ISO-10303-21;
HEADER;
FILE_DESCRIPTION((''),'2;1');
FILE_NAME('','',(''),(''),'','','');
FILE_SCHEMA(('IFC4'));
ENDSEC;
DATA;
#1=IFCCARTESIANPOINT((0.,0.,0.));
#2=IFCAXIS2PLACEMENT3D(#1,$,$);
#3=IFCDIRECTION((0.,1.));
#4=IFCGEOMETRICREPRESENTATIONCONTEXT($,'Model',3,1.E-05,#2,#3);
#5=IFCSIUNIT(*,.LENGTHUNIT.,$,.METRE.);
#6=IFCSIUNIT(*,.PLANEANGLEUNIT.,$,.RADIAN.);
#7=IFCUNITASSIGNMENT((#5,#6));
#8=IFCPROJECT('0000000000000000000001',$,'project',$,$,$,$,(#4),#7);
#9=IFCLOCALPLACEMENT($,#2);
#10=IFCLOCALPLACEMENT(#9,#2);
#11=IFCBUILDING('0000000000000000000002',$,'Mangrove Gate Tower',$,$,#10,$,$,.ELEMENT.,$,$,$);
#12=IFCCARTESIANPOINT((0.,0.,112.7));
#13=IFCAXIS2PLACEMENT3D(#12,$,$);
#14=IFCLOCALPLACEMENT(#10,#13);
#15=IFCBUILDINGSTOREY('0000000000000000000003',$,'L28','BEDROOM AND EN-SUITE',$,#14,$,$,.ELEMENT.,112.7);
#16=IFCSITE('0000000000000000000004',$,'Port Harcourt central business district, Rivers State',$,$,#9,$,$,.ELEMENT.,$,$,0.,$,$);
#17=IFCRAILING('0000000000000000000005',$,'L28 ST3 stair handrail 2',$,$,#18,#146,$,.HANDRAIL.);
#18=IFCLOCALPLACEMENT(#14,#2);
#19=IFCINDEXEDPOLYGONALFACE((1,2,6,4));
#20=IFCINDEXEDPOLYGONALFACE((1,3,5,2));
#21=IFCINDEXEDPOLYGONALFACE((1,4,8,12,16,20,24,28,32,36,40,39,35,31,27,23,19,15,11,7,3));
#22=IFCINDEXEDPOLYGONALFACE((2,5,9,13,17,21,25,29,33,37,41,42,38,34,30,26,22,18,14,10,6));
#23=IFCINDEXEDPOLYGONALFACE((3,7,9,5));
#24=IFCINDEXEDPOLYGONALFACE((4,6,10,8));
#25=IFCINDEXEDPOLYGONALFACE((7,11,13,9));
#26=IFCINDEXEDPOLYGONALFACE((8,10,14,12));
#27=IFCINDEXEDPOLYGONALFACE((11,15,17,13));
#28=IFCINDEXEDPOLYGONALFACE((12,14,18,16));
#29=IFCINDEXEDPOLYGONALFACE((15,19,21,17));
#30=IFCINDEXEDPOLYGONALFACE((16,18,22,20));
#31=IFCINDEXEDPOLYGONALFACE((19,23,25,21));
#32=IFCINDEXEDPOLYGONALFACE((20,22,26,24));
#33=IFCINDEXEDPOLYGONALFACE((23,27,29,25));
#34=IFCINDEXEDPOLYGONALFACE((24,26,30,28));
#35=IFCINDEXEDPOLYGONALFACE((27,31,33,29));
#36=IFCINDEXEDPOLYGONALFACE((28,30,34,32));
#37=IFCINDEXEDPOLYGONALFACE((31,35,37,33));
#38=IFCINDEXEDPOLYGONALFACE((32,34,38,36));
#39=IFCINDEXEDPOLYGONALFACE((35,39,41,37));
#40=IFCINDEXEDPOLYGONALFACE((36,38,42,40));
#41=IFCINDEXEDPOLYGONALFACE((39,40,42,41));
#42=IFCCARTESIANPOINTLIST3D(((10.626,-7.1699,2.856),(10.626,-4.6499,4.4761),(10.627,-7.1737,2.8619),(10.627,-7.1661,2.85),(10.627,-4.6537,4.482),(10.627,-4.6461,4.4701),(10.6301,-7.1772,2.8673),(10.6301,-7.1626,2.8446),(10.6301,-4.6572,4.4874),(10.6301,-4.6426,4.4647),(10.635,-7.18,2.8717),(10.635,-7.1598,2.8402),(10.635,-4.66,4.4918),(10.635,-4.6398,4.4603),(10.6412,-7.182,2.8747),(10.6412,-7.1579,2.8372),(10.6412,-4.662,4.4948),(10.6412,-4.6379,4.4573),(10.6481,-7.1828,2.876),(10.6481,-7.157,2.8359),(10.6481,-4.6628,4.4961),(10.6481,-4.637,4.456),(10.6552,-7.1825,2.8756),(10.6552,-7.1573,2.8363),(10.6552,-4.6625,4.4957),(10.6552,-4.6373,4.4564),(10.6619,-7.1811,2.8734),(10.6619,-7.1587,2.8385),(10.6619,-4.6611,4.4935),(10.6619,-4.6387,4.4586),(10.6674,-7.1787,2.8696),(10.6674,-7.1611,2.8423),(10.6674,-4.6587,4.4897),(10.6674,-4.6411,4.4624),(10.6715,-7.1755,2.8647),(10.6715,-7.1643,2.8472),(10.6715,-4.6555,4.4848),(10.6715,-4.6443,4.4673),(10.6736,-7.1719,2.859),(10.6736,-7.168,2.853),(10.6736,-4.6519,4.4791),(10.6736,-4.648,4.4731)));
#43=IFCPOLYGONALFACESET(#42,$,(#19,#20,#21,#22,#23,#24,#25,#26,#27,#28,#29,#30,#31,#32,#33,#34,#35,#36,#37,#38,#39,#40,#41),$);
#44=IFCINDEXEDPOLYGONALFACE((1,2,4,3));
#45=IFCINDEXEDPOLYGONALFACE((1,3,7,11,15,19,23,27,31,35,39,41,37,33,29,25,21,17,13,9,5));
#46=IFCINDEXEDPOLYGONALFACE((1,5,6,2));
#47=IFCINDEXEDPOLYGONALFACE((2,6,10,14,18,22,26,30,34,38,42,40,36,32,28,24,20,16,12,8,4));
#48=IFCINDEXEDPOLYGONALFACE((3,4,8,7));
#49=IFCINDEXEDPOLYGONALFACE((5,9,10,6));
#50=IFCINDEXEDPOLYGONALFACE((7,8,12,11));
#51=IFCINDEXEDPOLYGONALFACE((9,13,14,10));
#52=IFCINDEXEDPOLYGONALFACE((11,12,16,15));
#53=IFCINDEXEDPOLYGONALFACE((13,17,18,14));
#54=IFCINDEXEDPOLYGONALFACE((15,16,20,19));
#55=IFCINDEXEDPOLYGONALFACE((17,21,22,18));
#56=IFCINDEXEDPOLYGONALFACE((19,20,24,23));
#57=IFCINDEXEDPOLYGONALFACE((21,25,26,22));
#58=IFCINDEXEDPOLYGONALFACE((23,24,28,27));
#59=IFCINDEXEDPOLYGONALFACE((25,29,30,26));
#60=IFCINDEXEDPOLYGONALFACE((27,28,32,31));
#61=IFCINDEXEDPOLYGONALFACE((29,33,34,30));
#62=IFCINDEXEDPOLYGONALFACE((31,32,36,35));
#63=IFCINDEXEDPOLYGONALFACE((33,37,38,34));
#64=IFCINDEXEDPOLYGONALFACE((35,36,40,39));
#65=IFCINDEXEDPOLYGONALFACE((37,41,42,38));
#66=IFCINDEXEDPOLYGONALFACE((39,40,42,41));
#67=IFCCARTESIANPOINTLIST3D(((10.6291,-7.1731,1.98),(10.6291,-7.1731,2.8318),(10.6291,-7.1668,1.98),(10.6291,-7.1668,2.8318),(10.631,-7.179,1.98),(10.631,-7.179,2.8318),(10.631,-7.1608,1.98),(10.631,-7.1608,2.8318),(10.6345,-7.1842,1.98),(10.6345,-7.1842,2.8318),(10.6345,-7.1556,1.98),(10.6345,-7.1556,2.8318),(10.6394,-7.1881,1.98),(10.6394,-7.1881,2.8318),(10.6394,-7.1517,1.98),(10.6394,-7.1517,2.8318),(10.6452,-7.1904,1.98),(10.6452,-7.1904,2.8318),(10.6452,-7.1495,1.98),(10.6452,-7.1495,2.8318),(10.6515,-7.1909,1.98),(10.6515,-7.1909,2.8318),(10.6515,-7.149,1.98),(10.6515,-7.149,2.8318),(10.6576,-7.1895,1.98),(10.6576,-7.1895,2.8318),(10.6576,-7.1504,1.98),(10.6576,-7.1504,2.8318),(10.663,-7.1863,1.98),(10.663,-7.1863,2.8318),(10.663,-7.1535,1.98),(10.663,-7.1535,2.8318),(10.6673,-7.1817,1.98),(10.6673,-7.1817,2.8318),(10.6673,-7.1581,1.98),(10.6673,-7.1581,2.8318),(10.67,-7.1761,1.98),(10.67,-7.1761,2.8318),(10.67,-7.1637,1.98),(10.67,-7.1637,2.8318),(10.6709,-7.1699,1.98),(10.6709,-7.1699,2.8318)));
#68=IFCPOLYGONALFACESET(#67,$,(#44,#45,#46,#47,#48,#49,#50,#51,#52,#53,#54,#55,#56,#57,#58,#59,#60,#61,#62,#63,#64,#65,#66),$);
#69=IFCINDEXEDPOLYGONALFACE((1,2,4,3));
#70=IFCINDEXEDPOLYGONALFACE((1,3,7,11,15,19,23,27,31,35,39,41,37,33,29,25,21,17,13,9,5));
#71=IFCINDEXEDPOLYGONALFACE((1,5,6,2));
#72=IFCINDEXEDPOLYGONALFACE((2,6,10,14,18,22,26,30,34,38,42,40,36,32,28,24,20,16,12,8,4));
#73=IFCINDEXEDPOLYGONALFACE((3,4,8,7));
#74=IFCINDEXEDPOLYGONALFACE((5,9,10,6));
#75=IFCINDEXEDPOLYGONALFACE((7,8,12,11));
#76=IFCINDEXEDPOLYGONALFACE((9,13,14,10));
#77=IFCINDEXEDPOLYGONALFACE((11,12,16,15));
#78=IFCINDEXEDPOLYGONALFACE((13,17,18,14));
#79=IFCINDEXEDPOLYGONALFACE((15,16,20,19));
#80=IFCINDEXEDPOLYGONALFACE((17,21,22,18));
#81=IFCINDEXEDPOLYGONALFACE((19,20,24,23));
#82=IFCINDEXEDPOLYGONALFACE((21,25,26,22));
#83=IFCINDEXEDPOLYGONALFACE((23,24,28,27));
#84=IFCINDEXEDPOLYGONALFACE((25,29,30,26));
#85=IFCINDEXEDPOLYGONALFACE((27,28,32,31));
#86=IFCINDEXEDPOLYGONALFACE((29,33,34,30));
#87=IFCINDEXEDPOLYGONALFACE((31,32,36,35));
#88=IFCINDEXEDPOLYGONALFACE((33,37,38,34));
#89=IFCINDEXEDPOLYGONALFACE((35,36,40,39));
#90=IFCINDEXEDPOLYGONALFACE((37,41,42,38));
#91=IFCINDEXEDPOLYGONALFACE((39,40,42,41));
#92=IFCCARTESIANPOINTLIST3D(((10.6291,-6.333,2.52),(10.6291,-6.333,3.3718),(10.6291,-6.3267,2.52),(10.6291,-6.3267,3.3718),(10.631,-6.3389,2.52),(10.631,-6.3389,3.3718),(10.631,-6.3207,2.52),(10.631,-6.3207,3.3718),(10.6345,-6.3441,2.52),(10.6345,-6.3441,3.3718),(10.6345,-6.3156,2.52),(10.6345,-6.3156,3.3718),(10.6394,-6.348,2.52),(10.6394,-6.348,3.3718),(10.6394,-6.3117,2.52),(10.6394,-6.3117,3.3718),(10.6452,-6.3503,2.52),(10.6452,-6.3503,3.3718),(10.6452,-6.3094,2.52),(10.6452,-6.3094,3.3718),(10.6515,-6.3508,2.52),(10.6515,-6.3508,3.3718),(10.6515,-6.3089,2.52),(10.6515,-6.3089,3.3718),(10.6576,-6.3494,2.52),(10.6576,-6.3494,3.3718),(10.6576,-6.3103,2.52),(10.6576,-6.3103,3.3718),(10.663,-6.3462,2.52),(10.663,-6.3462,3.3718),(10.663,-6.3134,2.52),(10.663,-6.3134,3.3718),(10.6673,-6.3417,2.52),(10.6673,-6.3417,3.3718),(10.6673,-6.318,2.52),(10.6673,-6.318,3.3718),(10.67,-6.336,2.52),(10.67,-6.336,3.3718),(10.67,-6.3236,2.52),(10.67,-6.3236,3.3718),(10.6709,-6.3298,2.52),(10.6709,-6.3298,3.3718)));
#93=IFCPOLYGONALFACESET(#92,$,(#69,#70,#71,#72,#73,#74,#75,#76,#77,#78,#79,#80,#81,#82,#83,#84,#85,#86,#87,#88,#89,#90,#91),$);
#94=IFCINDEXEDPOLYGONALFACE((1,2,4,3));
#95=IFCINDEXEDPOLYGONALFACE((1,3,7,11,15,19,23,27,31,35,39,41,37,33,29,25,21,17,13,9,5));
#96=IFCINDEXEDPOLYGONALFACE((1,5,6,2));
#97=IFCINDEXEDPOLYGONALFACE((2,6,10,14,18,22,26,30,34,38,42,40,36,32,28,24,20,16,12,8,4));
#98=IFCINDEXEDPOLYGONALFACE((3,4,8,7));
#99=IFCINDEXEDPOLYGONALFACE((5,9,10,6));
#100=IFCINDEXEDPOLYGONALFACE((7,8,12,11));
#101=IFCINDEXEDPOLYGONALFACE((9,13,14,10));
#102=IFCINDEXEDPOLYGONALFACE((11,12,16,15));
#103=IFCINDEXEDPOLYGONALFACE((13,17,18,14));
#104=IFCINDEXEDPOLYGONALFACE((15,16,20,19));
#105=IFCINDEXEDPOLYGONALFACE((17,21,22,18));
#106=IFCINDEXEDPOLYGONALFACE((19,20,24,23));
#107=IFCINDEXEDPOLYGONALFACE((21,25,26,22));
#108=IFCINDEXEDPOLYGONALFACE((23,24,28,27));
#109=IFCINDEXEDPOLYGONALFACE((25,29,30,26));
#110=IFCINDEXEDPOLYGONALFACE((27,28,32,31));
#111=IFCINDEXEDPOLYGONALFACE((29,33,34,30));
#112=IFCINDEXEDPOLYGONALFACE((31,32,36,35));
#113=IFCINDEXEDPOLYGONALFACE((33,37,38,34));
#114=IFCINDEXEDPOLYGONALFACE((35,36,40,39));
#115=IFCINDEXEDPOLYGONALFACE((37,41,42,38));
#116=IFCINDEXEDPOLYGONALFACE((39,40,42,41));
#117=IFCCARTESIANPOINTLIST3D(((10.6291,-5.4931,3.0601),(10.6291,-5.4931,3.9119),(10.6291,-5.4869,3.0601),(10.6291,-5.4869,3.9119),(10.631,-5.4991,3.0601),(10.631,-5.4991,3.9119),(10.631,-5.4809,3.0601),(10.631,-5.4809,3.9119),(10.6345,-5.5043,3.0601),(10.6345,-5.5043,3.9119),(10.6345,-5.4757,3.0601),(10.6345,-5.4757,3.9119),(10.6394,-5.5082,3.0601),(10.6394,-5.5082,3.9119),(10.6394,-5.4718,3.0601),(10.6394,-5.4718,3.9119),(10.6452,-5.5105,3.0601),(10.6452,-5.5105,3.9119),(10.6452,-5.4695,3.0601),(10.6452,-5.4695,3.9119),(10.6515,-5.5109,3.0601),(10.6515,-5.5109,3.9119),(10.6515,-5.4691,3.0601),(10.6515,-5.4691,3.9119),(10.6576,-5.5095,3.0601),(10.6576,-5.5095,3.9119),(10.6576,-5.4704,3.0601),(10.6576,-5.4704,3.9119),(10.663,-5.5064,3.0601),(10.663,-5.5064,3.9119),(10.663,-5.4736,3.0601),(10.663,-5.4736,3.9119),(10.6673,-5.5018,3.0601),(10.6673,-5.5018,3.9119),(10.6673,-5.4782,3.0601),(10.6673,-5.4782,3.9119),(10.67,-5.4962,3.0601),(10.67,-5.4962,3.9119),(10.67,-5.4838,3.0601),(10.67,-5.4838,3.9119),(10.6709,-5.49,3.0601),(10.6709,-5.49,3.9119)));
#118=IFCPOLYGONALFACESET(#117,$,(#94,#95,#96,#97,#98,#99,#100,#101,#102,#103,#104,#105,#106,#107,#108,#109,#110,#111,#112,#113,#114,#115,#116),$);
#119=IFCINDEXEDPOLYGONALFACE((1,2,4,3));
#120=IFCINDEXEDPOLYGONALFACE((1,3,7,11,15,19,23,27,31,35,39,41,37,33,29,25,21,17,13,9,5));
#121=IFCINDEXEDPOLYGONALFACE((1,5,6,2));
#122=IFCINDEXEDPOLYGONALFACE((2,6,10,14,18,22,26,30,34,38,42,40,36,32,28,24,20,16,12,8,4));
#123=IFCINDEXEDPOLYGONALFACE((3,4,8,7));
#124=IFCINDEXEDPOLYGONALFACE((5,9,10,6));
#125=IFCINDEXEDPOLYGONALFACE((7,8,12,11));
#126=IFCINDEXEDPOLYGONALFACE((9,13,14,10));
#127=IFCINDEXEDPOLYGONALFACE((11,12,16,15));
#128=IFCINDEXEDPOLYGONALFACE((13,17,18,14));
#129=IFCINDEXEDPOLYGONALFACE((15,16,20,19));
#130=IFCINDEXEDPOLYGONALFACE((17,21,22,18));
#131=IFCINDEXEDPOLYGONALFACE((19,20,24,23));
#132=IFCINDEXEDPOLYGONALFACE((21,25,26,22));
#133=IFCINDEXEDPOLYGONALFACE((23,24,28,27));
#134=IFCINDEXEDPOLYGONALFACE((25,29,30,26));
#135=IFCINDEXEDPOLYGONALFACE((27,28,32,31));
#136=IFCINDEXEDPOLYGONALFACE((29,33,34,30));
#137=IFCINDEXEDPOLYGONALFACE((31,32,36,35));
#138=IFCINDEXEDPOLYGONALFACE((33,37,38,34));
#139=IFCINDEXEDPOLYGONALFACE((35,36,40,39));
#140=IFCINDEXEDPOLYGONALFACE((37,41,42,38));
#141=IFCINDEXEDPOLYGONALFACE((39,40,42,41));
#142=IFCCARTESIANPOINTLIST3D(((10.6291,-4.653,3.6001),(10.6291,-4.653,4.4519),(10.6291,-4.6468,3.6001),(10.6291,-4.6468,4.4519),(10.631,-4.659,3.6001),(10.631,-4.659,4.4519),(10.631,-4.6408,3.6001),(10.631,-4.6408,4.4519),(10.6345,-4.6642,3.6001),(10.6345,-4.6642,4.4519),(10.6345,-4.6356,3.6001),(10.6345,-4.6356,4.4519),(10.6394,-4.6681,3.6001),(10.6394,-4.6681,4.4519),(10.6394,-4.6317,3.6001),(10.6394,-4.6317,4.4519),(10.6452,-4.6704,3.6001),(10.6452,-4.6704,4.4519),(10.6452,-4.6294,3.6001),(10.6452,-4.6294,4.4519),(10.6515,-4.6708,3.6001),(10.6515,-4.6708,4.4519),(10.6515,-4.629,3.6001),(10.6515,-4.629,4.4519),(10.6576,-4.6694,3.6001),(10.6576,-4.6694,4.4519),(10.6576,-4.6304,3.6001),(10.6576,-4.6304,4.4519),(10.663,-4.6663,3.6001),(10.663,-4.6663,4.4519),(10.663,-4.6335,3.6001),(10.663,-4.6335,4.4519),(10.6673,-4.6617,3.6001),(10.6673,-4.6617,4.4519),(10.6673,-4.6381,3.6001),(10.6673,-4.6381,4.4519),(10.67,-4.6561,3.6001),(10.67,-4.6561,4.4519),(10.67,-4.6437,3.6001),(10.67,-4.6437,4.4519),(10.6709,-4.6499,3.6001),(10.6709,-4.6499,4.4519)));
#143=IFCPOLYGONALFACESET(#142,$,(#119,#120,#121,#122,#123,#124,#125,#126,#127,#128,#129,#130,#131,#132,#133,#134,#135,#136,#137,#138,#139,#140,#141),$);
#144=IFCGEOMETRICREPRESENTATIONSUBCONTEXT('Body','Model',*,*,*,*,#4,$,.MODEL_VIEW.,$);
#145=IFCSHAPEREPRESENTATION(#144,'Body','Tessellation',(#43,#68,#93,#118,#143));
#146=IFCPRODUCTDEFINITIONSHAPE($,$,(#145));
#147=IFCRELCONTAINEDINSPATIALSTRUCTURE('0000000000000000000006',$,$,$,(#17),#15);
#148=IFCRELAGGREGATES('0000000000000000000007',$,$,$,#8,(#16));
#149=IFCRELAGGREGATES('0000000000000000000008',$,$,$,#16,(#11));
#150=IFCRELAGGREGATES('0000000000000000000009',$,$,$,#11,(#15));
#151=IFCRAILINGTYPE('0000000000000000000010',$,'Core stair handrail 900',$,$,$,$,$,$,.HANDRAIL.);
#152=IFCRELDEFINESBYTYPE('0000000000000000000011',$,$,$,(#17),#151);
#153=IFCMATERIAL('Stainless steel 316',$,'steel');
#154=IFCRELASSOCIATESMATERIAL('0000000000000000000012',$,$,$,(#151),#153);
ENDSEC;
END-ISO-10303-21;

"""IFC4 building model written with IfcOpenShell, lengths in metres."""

from ifc_helpers import new_model, si_unit, direction, frame, origin, origin_2d, place, context, subcontext, project, spatial, circle, extrude, material, type_object, element, save


model = new_model("IFC4")

# Units and contexts
model_context = context("Model", 3, precision=1e-05, world=origin(), true_north=direction((0.0, 1.0)))
body_context = subcontext(model_context, "Body", "Model", "MODEL_VIEW")
ifc_project = project(units=[si_unit("LENGTHUNIT", "METRE"), si_unit("PLANEANGLEUNIT", "RADIAN")], contexts=[model_context])

# Site, building, storey
site_placement = place(None, origin())
site = spatial("IfcSite", under=ifc_project, at=site_placement, Name="Port Harcourt central business district, Rivers State", CompositionType="ELEMENT", RefElevation=0.0)
building_placement = place(site_placement, origin())
building = spatial("IfcBuilding", under=site, at=building_placement, Name="Mangrove Gate Tower", CompositionType="ELEMENT")
storey_placement = place(building_placement, frame((0.0, 0.0, 112.7)))
storey = spatial("IfcBuildingStorey", under=building, at=storey_placement, Name="L28", Description="BEDROOM AND EN-SUITE", CompositionType="ELEMENT", Elevation=112.7)

# Railing
ifc_material_1 = material(Name="Stainless steel 316", Category="steel")
railing_type_1 = type_object("IfcRailingType", Name="Core stair handrail 900", PredefinedType="HANDRAIL", material=ifc_material_1)
railing_1_placement = place(storey_placement, frame((10.6499, -7.1699, 1.98)))
element("IfcRailing", 1, at=railing_1_placement, inside=storey, type_object=railing_type_1, Name="L28 ST3 stair handrail 2", PredefinedType="HANDRAIL", context=body_context, shape_type="SweptSolid", body=[
    extrude(circle(Radius=0.0239, at=origin_2d()), frame((0.0, 0.0, 0.876), z_axis=(0.0, 0.841163, 0.540782), x_axis=(-1.0, 0.0, 0.0)), (0.0, 0.0, 1.0), 2.9958),
    extrude(circle(Radius=0.021, at=origin_2d()), origin(), (0.0, 0.0, 1.0), 0.8518),
    extrude(circle(Radius=0.021, at=origin_2d()), frame((0.0, 0.8401, 0.54)), (0.0, 0.0, 1.0), 0.8518),
    extrude(circle(Radius=0.021, at=origin_2d()), frame((0.0, 1.6799, 1.0801)), (0.0, 0.0, 1.0), 0.8518),
    extrude(circle(Radius=0.021, at=origin_2d()), frame((0.0, 2.52, 1.6201)), (0.0, 0.0, 1.0), 0.8518),
])

save(model, "model.ifc")
